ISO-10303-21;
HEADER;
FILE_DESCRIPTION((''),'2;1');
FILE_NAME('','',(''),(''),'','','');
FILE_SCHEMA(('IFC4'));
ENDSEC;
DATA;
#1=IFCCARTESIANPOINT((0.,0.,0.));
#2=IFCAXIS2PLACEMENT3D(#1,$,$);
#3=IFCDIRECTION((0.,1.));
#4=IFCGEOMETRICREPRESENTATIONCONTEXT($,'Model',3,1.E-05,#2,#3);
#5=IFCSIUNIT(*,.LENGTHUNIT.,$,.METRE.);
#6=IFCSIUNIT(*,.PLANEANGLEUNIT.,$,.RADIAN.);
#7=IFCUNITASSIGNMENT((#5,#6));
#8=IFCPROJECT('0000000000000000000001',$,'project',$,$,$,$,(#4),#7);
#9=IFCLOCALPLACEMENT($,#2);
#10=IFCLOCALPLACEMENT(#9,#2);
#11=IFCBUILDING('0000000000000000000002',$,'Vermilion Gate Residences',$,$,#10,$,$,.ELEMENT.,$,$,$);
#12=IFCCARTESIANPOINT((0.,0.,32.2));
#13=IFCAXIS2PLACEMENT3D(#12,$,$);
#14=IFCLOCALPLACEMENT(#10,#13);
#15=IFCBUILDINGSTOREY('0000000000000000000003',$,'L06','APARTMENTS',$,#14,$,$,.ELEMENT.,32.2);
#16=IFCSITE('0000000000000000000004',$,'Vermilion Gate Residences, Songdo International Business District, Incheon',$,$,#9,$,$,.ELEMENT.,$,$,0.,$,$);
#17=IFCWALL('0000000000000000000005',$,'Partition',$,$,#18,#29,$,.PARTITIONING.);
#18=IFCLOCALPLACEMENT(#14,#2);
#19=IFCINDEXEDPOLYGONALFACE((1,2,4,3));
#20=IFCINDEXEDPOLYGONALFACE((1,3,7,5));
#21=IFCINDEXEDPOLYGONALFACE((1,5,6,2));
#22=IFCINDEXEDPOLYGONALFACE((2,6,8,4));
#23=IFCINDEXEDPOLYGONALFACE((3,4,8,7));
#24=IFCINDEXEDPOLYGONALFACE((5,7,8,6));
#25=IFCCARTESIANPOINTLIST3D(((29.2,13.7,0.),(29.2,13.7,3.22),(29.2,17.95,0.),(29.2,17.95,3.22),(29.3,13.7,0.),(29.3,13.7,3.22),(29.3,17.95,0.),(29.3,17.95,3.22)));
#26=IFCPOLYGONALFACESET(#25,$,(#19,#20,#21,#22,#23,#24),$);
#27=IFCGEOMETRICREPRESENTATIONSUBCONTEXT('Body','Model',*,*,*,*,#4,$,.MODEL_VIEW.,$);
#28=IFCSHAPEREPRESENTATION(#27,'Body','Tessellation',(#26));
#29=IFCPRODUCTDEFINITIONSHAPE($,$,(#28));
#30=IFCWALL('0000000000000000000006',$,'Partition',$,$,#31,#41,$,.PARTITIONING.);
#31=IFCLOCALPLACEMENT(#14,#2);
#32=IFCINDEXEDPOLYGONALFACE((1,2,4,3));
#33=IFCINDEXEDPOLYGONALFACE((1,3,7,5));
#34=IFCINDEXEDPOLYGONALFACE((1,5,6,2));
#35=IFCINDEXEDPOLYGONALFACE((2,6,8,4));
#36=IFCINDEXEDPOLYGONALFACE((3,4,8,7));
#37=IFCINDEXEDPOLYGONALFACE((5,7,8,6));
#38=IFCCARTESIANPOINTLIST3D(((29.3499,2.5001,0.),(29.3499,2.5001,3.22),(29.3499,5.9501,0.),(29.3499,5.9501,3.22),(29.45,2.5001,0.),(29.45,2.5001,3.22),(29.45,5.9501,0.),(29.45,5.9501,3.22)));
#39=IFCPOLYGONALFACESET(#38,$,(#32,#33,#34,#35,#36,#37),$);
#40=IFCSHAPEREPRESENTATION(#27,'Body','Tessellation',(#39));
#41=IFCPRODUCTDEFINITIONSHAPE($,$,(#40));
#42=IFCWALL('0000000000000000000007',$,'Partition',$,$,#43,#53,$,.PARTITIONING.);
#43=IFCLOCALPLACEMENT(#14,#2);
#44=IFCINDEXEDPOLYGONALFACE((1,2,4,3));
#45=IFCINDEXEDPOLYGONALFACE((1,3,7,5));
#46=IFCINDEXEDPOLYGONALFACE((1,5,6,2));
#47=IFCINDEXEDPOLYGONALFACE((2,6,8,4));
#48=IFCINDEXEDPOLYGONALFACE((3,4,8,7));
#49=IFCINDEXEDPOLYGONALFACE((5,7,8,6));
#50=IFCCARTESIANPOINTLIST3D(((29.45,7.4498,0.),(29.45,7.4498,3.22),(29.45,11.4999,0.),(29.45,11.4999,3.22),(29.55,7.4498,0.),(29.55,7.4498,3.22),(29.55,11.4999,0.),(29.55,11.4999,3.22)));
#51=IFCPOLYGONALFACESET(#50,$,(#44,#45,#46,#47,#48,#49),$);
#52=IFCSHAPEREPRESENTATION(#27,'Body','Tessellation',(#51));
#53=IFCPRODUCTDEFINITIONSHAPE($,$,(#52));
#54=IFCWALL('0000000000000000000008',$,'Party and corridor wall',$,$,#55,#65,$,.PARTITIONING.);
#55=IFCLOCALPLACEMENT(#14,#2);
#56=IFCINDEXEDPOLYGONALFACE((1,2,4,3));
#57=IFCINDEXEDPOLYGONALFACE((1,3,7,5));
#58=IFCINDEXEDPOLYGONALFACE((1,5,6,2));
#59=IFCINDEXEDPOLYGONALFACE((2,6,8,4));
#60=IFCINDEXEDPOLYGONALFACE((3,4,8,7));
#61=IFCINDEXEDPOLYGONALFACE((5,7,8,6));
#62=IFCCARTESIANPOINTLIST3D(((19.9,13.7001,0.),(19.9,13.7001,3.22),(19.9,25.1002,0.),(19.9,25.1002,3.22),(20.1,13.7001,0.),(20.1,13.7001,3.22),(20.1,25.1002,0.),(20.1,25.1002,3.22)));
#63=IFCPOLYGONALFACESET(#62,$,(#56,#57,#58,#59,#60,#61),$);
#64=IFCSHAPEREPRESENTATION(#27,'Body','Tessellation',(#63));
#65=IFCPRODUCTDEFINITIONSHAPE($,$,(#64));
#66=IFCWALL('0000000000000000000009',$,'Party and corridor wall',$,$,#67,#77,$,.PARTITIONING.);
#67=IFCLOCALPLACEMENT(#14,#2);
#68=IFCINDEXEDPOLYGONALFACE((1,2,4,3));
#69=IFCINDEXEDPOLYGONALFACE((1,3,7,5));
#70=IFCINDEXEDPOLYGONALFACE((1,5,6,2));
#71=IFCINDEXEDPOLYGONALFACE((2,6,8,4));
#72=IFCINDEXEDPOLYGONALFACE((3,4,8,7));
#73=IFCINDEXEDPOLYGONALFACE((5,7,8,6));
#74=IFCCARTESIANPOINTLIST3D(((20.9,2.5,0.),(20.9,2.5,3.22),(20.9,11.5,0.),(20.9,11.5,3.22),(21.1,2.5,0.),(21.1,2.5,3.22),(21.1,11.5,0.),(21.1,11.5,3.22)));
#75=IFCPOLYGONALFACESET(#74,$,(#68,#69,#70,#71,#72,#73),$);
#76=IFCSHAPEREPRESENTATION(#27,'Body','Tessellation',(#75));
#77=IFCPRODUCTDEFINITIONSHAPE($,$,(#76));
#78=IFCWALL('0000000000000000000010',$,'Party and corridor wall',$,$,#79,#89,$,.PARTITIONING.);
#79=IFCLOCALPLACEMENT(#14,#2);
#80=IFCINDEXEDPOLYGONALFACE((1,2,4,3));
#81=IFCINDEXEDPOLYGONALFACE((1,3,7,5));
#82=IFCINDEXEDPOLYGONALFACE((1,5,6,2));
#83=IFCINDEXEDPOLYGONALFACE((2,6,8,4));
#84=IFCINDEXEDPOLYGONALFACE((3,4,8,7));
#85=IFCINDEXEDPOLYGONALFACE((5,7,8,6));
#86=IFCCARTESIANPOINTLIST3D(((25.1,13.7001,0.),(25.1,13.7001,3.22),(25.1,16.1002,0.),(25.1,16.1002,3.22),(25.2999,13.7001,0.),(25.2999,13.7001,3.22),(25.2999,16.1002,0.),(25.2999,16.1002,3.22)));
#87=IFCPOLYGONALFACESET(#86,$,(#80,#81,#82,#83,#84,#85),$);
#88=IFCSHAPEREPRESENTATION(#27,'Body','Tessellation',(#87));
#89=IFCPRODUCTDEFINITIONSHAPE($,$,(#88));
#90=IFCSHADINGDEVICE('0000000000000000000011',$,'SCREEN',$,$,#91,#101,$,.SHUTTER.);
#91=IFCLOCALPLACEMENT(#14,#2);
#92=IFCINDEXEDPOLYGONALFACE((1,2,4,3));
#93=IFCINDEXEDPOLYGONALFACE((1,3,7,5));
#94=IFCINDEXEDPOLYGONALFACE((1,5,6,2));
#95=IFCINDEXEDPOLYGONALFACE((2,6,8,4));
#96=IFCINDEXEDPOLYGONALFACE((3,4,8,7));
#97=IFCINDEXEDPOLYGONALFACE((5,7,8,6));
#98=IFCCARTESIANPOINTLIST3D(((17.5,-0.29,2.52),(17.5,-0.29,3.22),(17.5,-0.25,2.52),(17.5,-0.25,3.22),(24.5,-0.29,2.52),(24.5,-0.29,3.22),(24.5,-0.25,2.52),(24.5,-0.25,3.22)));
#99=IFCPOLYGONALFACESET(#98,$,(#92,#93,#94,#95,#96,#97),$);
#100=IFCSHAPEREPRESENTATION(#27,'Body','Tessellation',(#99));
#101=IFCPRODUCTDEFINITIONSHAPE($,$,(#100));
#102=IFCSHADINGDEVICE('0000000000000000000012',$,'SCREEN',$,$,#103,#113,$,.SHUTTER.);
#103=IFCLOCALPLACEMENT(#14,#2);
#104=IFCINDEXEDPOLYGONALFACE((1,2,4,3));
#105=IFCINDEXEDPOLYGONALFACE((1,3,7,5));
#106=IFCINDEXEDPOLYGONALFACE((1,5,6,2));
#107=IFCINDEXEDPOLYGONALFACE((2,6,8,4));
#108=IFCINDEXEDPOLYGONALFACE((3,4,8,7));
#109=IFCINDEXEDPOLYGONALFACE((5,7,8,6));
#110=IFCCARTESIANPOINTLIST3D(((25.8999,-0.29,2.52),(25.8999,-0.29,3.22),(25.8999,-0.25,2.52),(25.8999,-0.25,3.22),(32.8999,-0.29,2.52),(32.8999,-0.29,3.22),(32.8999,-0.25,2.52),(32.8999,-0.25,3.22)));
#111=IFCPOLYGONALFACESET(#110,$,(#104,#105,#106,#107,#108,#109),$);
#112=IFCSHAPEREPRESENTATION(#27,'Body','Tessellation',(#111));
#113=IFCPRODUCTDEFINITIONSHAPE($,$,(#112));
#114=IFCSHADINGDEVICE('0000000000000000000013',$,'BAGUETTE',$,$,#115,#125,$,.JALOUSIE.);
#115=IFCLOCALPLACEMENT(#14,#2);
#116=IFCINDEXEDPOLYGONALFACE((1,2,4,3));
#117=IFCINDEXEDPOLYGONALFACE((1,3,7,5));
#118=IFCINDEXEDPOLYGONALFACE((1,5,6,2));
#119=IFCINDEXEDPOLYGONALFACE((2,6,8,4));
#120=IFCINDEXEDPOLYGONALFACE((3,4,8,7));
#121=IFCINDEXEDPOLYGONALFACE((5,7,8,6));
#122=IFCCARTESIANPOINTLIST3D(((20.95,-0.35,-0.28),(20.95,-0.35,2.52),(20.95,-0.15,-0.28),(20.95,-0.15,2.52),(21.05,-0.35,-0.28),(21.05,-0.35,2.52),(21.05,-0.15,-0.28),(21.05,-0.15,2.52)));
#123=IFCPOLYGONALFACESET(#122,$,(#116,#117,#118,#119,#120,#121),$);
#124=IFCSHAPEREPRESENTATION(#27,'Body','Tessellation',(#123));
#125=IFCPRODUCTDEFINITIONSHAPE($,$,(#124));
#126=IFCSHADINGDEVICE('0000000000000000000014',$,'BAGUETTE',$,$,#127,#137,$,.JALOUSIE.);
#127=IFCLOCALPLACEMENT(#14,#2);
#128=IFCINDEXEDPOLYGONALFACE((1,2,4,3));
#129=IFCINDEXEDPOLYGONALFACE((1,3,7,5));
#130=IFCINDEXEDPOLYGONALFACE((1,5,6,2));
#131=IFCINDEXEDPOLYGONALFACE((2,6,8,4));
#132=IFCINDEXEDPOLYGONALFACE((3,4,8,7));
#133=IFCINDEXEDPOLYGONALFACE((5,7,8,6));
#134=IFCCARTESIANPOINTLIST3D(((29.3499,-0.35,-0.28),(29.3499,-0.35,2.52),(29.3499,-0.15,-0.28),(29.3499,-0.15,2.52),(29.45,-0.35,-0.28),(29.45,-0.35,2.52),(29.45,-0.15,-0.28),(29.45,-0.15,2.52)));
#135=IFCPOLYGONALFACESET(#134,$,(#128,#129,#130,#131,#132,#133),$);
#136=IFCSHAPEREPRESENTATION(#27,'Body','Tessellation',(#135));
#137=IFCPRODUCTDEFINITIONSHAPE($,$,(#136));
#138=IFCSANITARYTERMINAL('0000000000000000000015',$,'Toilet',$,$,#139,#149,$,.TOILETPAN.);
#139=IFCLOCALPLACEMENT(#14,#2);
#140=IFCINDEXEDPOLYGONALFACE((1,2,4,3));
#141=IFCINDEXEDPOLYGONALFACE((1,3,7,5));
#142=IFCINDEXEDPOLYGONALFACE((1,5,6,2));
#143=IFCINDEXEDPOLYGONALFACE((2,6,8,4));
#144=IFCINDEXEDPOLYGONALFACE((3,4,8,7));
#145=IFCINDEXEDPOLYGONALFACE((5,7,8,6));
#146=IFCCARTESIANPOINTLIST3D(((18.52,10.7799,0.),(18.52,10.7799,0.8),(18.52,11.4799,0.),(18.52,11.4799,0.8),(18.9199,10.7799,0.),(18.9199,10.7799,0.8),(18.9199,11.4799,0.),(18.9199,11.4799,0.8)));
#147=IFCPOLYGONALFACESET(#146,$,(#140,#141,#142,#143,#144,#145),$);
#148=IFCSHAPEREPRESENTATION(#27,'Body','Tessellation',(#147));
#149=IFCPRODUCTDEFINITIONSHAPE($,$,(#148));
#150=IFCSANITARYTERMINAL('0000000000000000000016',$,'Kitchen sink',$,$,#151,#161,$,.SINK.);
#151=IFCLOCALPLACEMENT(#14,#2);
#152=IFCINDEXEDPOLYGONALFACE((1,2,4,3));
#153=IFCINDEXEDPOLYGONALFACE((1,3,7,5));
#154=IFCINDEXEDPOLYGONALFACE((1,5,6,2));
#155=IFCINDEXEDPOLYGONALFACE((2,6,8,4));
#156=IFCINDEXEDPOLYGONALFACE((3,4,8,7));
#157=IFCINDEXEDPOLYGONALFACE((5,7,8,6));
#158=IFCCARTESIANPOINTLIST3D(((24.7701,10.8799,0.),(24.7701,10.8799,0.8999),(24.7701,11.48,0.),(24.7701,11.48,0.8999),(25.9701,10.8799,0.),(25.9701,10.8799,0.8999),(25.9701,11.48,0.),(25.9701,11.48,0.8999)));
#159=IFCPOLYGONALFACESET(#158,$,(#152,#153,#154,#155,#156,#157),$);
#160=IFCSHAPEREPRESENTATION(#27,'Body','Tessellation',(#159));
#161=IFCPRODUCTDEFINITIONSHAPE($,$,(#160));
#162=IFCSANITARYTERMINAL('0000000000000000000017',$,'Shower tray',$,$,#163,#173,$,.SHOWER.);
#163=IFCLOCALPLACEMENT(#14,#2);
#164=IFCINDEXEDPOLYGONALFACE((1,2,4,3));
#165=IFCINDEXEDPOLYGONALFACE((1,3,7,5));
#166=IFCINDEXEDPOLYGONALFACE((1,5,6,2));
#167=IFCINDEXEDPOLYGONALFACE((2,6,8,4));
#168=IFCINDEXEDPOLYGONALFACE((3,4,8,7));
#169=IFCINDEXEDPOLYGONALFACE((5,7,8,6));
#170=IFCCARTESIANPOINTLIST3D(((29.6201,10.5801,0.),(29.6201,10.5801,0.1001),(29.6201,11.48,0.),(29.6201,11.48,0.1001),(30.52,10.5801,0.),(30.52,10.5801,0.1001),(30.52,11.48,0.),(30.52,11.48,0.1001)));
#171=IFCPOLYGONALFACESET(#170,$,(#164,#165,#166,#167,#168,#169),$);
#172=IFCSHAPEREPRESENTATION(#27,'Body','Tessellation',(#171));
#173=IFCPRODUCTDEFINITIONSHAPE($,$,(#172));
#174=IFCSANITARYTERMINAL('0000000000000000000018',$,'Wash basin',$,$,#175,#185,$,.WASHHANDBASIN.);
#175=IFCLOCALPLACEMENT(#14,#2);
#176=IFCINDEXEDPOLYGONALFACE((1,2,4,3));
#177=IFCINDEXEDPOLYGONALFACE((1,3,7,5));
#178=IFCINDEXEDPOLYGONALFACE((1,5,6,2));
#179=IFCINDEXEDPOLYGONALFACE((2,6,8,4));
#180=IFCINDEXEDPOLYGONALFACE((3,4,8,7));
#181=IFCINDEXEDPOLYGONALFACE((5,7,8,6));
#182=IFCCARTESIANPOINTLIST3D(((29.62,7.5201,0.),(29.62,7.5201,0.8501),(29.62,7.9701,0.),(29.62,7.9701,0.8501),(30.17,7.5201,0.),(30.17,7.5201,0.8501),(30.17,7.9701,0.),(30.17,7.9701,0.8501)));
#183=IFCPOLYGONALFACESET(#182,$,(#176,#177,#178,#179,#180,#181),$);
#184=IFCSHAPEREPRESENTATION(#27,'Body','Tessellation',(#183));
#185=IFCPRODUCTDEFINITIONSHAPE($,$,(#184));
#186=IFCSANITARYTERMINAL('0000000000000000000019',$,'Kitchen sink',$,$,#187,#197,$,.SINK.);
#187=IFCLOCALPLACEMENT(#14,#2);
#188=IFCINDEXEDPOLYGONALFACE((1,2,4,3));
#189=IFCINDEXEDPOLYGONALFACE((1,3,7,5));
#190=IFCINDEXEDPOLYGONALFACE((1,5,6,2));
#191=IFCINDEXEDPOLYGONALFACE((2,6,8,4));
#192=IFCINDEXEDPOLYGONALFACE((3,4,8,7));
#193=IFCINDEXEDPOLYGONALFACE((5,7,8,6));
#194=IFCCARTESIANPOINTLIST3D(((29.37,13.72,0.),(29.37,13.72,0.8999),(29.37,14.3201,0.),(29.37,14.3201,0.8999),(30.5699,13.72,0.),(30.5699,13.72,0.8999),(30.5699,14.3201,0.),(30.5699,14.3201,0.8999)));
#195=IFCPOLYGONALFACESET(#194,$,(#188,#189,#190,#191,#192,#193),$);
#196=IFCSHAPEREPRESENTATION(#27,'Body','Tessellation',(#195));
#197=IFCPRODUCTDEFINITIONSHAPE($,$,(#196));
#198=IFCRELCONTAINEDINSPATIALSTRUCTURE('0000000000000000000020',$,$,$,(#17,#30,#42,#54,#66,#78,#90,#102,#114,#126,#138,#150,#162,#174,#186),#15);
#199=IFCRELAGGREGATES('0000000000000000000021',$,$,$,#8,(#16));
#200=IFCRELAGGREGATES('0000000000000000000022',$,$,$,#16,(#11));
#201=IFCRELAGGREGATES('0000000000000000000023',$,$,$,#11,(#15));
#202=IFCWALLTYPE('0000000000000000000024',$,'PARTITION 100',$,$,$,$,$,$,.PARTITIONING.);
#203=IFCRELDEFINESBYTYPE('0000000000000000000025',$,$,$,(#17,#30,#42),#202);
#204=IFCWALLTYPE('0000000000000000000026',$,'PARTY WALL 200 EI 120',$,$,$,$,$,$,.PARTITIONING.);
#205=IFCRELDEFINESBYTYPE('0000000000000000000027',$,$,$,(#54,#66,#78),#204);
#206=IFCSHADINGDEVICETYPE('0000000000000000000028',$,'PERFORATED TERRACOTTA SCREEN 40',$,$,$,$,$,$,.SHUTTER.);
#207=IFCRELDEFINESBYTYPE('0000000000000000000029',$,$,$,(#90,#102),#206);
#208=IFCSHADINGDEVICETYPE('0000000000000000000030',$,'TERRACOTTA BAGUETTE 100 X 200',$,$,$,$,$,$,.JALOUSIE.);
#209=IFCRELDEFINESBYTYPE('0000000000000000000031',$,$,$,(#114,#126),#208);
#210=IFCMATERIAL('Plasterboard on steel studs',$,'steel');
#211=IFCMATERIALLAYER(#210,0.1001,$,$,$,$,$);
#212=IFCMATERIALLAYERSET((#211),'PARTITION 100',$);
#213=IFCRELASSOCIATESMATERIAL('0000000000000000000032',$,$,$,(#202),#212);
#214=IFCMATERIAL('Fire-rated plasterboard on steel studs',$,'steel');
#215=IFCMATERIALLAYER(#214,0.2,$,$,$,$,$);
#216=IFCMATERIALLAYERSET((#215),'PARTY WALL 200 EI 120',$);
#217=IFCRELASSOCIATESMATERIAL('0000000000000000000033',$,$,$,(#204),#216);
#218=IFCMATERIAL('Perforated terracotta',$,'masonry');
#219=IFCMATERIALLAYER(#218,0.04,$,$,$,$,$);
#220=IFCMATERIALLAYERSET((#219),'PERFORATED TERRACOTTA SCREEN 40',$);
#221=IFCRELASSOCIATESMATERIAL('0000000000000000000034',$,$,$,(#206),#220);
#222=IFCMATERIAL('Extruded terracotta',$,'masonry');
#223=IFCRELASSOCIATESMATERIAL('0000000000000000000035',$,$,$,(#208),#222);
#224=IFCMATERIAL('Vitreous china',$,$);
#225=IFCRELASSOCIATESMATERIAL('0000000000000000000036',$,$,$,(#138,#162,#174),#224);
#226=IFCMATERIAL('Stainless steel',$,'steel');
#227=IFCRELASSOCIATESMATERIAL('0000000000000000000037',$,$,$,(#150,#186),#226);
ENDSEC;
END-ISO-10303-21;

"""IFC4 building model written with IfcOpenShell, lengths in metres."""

from ifc_helpers import new_model, si_unit, direction, frame, frame_2d, origin, origin_2d, place, context, subcontext, project, spatial, rectangle, extrude, material, layer, layer_set, material_profile, profile_set, type_object, element, save


model = new_model("IFC4")

# Units and contexts
model_context = context("Model", 3, precision=1e-05, world=origin(), true_north=direction((0.0, 1.0)))
body_context = subcontext(model_context, "Body", "Model", "MODEL_VIEW")
ifc_project = project(units=[si_unit("LENGTHUNIT", "METRE"), si_unit("PLANEANGLEUNIT", "RADIAN")], contexts=[model_context])

# Site, building, storey
site_placement = place(None, origin())
site = spatial("IfcSite", under=ifc_project, at=site_placement, Name="Vermilion Gate Residences, Songdo International Business District, Incheon", CompositionType="ELEMENT", RefElevation=0.0)
building_placement = place(site_placement, origin())
building = spatial("IfcBuilding", under=site, at=building_placement, Name="Vermilion Gate Residences", CompositionType="ELEMENT")
storey_placement = place(building_placement, frame((0.0, 0.0, 32.2)))
storey = spatial("IfcBuildingStorey", under=building, at=storey_placement, Name="L06", Description="APARTMENTS", CompositionType="ELEMENT", Elevation=32.2)

# Shared definitions
ifc_material_1 = material(Name="Plasterboard on steel studs", Category="steel")
ifc_layer_1 = layer(ifc_material_1, 0.1001)
ifc_layer_set_1 = layer_set([ifc_layer_1], Name="PARTITION 100")
wall_type_1 = type_object("IfcWallType", Name="PARTITION 100", PredefinedType="PARTITIONING", material=ifc_layer_set_1)

# Walls
wall_1_placement = place(storey_placement, frame((29.25, 13.7, 0.0), z_axis=(0.0, 0.0, 1.0), x_axis=(0.0, 1.0, 0.0)))
element("IfcWall", 1, at=wall_1_placement, inside=storey, type_object=wall_type_1, Name="Partition", PredefinedType="PARTITIONING", context=body_context, shape_type="SweptSolid", body=[
    extrude(rectangle(XDim=4.25, YDim=0.1001, at=frame_2d((2.125, 0.0))), origin(), (0.0, 0.0, 1.0), 3.22),
])
wall_2_placement = place(storey_placement, frame((29.3999, 2.5, 0.0), z_axis=(0.0, 0.0, 1.0), x_axis=(0.0, 1.0, 0.0)))
element("IfcWall", 2, at=wall_2_placement, inside=storey, type_object=wall_type_1, Name="Partition", PredefinedType="PARTITIONING", context=body_context, shape_type="SweptSolid", body=[
    extrude(rectangle(XDim=3.45, YDim=0.1001, at=frame_2d((1.7251, 0.0))), origin(), (0.0, 0.0, 1.0), 3.22),
])
wall_3_placement = place(storey_placement, frame((29.5, 7.45, 0.0), z_axis=(0.0, 0.0, 1.0), x_axis=(0.0, 1.0, 0.0)))
element("IfcWall", 3, at=wall_3_placement, inside=storey, type_object=wall_type_1, Name="Partition", PredefinedType="PARTITIONING", context=body_context, shape_type="SweptSolid", body=[
    extrude(rectangle(XDim=4.05, YDim=0.1001, at=frame_2d((2.0249, 0.0))), origin(), (0.0, 0.0, 1.0), 3.22),
])
ifc_material_2 = material(Name="Fire-rated plasterboard on steel studs", Category="steel")
ifc_layer_2 = layer(ifc_material_2, 0.2)
ifc_layer_set_2 = layer_set([ifc_layer_2], Name="PARTY WALL 200 EI 120")
wall_type_2 = type_object("IfcWallType", Name="PARTY WALL 200 EI 120", PredefinedType="PARTITIONING", material=ifc_layer_set_2)
wall_4_placement = place(storey_placement, frame((20.0, 13.7, 0.0), z_axis=(0.0, 0.0, 1.0), x_axis=(0.0, 1.0, 0.0)))
element("IfcWall", 4, at=wall_4_placement, inside=storey, type_object=wall_type_2, Name="Party and corridor wall", PredefinedType="PARTITIONING", context=body_context, shape_type="SweptSolid", body=[
    extrude(rectangle(XDim=11.4001, YDim=0.2, at=frame_2d((5.7002, 0.0))), origin(), (0.0, 0.0, 1.0), 3.22),
])
wall_5_placement = place(storey_placement, frame((21.0, 2.5, 0.0), z_axis=(0.0, 0.0, 1.0), x_axis=(0.0, 1.0, 0.0)))
element("IfcWall", 5, at=wall_5_placement, inside=storey, type_object=wall_type_2, Name="Party and corridor wall", PredefinedType="PARTITIONING", context=body_context, shape_type="SweptSolid", body=[
    extrude(rectangle(XDim=9.0, YDim=0.2, at=frame_2d((4.5, 0.0))), origin(), (0.0, 0.0, 1.0), 3.22),
])
wall_6_placement = place(storey_placement, frame((25.2, 13.7, 0.0), z_axis=(0.0, 0.0, 1.0), x_axis=(0.0, 1.0, 0.0)))
element("IfcWall", 6, at=wall_6_placement, inside=storey, type_object=wall_type_2, Name="Party and corridor wall", PredefinedType="PARTITIONING", context=body_context, shape_type="SweptSolid", body=[
    extrude(rectangle(XDim=2.4001, YDim=0.2, at=frame_2d((1.2002, 0.0))), origin(), (0.0, 0.0, 1.0), 3.22),
])

# Shading devices
ifc_material_3 = material(Name="Perforated terracotta", Category="masonry")
ifc_layer_3 = layer(ifc_material_3, 0.04)
ifc_layer_set_3 = layer_set([ifc_layer_3], Name="PERFORATED TERRACOTTA SCREEN 40")
shading_device_type_1 = type_object("IfcShadingDeviceType", Name="PERFORATED TERRACOTTA SCREEN 40", PredefinedType="SHUTTER", material=ifc_layer_set_3)
for number, where, z_axis, x_axis, name in (
    (7, (21.0, -0.27, 2.52), (0.0, 0.0, 1.0), (1.0, 0.0, 0.0), "SCREEN"),
    (8, (29.3999, -0.27, 2.52), (0.0, 0.0, 1.0), (1.0, 0.0, 0.0), "SCREEN"),
):
    element("IfcShadingDevice", number, at=place(storey_placement, frame(where, z_axis=z_axis, x_axis=x_axis)), inside=storey, type_object=shading_device_type_1, Name=name, PredefinedType="SHUTTER", context=body_context, shape_type="SweptSolid", body=[
        extrude(rectangle(XDim=7.0, YDim=0.04, at=origin_2d()), origin(), (0.0, 0.0, 1.0), 0.7),
    ])
ifc_material_4 = material(Name="Extruded terracotta", Category="masonry")
ifc_material_profile_1 = material_profile(ifc_material_4, rectangle(XDim=0.2, YDim=0.1001, at=origin_2d()), Name="BAGUETTE 100 X 200")
ifc_profile_set_1 = profile_set([ifc_material_profile_1], Name="Extruded terracotta")
shading_device_type_2 = type_object("IfcShadingDeviceType", Name="TERRACOTTA BAGUETTE 100 X 200", PredefinedType="JALOUSIE", material=ifc_profile_set_1)
for number, where, z_axis, x_axis, name in (
    (9, (21.0, -0.25, -0.28), (0.0, 0.0, 1.0), (0.0, 1.0, 0.0), "BAGUETTE"),
    (10, (29.3999, -0.25, -0.28), (0.0, 0.0, 1.0), (0.0, 1.0, 0.0), "BAGUETTE"),
):
    element("IfcShadingDevice", number, at=place(storey_placement, frame(where, z_axis=z_axis, x_axis=x_axis)), inside=storey, type_object=shading_device_type_2, Name=name, PredefinedType="JALOUSIE", context=body_context, shape_type="SweptSolid", body=[
        extrude(rectangle(XDim=0.2, YDim=0.1001, at=origin_2d()), origin(), (0.0, 0.0, 1.0), 2.8),
    ])

# Sanitary terminals
ifc_material_5 = material(Name="Vitreous china")
sanitary_terminal_1_placement = place(storey_placement, frame((18.72, 11.1299, 0.0), z_axis=(0.0, 0.0, 1.0), x_axis=(1.0, 0.0, 0.0)))
element("IfcSanitaryTerminal", 11, at=sanitary_terminal_1_placement, inside=storey, material=ifc_material_5, Name="Toilet", PredefinedType="TOILETPAN", context=body_context, shape_type="SweptSolid", body=[
    extrude(rectangle(XDim=0.3999, YDim=0.7, at=origin_2d()), origin(), (0.0, 0.0, 1.0), 0.8),
])
ifc_material_6 = material(Name="Stainless steel", Category="steel")
sanitary_terminal_2_placement = place(storey_placement, frame((25.3701, 11.1799, 0.0), z_axis=(0.0, 0.0, 1.0), x_axis=(1.0, 0.0, 0.0)))
element("IfcSanitaryTerminal", 12, at=sanitary_terminal_2_placement, inside=storey, material=ifc_material_6, Name="Kitchen sink", PredefinedType="SINK", context=body_context, shape_type="SweptSolid", body=[
    extrude(rectangle(XDim=1.2, YDim=0.6001, at=origin_2d()), origin(), (0.0, 0.0, 1.0), 0.8999),
])
sanitary_terminal_3_placement = place(storey_placement, frame((30.0701, 11.03, 0.0), z_axis=(0.0, 0.0, 1.0), x_axis=(1.0, 0.0, 0.0)))
element("IfcSanitaryTerminal", 13, at=sanitary_terminal_3_placement, inside=storey, material=ifc_material_5, Name="Shower tray", PredefinedType="SHOWER", context=body_context, shape_type="SweptSolid", body=[
    extrude(rectangle(XDim=0.8999, YDim=0.8999, at=origin_2d()), origin(), (0.0, 0.0, 1.0), 0.1001),
])
sanitary_terminal_4_placement = place(storey_placement, frame((29.895, 7.7451, 0.0), z_axis=(0.0, 0.0, 1.0), x_axis=(1.0, 0.0, 0.0)))
element("IfcSanitaryTerminal", 14, at=sanitary_terminal_4_placement, inside=storey, material=ifc_material_5, Name="Wash basin", PredefinedType="WASHHANDBASIN", context=body_context, shape_type="SweptSolid", body=[
    extrude(rectangle(XDim=0.55, YDim=0.45, at=origin_2d()), origin(), (0.0, 0.0, 1.0), 0.8501),
])
sanitary_terminal_5_placement = place(storey_placement, frame((29.97, 14.02, 0.0), z_axis=(0.0, 0.0, 1.0), x_axis=(1.0, 0.0, 0.0)))
element("IfcSanitaryTerminal", 15, at=sanitary_terminal_5_placement, inside=storey, material=ifc_material_6, Name="Kitchen sink", PredefinedType="SINK", context=body_context, shape_type="SweptSolid", body=[
    extrude(rectangle(XDim=1.2, YDim=0.6001, at=origin_2d()), origin(), (0.0, 0.0, 1.0), 0.8999),
])

save(model, "model.ifc")
